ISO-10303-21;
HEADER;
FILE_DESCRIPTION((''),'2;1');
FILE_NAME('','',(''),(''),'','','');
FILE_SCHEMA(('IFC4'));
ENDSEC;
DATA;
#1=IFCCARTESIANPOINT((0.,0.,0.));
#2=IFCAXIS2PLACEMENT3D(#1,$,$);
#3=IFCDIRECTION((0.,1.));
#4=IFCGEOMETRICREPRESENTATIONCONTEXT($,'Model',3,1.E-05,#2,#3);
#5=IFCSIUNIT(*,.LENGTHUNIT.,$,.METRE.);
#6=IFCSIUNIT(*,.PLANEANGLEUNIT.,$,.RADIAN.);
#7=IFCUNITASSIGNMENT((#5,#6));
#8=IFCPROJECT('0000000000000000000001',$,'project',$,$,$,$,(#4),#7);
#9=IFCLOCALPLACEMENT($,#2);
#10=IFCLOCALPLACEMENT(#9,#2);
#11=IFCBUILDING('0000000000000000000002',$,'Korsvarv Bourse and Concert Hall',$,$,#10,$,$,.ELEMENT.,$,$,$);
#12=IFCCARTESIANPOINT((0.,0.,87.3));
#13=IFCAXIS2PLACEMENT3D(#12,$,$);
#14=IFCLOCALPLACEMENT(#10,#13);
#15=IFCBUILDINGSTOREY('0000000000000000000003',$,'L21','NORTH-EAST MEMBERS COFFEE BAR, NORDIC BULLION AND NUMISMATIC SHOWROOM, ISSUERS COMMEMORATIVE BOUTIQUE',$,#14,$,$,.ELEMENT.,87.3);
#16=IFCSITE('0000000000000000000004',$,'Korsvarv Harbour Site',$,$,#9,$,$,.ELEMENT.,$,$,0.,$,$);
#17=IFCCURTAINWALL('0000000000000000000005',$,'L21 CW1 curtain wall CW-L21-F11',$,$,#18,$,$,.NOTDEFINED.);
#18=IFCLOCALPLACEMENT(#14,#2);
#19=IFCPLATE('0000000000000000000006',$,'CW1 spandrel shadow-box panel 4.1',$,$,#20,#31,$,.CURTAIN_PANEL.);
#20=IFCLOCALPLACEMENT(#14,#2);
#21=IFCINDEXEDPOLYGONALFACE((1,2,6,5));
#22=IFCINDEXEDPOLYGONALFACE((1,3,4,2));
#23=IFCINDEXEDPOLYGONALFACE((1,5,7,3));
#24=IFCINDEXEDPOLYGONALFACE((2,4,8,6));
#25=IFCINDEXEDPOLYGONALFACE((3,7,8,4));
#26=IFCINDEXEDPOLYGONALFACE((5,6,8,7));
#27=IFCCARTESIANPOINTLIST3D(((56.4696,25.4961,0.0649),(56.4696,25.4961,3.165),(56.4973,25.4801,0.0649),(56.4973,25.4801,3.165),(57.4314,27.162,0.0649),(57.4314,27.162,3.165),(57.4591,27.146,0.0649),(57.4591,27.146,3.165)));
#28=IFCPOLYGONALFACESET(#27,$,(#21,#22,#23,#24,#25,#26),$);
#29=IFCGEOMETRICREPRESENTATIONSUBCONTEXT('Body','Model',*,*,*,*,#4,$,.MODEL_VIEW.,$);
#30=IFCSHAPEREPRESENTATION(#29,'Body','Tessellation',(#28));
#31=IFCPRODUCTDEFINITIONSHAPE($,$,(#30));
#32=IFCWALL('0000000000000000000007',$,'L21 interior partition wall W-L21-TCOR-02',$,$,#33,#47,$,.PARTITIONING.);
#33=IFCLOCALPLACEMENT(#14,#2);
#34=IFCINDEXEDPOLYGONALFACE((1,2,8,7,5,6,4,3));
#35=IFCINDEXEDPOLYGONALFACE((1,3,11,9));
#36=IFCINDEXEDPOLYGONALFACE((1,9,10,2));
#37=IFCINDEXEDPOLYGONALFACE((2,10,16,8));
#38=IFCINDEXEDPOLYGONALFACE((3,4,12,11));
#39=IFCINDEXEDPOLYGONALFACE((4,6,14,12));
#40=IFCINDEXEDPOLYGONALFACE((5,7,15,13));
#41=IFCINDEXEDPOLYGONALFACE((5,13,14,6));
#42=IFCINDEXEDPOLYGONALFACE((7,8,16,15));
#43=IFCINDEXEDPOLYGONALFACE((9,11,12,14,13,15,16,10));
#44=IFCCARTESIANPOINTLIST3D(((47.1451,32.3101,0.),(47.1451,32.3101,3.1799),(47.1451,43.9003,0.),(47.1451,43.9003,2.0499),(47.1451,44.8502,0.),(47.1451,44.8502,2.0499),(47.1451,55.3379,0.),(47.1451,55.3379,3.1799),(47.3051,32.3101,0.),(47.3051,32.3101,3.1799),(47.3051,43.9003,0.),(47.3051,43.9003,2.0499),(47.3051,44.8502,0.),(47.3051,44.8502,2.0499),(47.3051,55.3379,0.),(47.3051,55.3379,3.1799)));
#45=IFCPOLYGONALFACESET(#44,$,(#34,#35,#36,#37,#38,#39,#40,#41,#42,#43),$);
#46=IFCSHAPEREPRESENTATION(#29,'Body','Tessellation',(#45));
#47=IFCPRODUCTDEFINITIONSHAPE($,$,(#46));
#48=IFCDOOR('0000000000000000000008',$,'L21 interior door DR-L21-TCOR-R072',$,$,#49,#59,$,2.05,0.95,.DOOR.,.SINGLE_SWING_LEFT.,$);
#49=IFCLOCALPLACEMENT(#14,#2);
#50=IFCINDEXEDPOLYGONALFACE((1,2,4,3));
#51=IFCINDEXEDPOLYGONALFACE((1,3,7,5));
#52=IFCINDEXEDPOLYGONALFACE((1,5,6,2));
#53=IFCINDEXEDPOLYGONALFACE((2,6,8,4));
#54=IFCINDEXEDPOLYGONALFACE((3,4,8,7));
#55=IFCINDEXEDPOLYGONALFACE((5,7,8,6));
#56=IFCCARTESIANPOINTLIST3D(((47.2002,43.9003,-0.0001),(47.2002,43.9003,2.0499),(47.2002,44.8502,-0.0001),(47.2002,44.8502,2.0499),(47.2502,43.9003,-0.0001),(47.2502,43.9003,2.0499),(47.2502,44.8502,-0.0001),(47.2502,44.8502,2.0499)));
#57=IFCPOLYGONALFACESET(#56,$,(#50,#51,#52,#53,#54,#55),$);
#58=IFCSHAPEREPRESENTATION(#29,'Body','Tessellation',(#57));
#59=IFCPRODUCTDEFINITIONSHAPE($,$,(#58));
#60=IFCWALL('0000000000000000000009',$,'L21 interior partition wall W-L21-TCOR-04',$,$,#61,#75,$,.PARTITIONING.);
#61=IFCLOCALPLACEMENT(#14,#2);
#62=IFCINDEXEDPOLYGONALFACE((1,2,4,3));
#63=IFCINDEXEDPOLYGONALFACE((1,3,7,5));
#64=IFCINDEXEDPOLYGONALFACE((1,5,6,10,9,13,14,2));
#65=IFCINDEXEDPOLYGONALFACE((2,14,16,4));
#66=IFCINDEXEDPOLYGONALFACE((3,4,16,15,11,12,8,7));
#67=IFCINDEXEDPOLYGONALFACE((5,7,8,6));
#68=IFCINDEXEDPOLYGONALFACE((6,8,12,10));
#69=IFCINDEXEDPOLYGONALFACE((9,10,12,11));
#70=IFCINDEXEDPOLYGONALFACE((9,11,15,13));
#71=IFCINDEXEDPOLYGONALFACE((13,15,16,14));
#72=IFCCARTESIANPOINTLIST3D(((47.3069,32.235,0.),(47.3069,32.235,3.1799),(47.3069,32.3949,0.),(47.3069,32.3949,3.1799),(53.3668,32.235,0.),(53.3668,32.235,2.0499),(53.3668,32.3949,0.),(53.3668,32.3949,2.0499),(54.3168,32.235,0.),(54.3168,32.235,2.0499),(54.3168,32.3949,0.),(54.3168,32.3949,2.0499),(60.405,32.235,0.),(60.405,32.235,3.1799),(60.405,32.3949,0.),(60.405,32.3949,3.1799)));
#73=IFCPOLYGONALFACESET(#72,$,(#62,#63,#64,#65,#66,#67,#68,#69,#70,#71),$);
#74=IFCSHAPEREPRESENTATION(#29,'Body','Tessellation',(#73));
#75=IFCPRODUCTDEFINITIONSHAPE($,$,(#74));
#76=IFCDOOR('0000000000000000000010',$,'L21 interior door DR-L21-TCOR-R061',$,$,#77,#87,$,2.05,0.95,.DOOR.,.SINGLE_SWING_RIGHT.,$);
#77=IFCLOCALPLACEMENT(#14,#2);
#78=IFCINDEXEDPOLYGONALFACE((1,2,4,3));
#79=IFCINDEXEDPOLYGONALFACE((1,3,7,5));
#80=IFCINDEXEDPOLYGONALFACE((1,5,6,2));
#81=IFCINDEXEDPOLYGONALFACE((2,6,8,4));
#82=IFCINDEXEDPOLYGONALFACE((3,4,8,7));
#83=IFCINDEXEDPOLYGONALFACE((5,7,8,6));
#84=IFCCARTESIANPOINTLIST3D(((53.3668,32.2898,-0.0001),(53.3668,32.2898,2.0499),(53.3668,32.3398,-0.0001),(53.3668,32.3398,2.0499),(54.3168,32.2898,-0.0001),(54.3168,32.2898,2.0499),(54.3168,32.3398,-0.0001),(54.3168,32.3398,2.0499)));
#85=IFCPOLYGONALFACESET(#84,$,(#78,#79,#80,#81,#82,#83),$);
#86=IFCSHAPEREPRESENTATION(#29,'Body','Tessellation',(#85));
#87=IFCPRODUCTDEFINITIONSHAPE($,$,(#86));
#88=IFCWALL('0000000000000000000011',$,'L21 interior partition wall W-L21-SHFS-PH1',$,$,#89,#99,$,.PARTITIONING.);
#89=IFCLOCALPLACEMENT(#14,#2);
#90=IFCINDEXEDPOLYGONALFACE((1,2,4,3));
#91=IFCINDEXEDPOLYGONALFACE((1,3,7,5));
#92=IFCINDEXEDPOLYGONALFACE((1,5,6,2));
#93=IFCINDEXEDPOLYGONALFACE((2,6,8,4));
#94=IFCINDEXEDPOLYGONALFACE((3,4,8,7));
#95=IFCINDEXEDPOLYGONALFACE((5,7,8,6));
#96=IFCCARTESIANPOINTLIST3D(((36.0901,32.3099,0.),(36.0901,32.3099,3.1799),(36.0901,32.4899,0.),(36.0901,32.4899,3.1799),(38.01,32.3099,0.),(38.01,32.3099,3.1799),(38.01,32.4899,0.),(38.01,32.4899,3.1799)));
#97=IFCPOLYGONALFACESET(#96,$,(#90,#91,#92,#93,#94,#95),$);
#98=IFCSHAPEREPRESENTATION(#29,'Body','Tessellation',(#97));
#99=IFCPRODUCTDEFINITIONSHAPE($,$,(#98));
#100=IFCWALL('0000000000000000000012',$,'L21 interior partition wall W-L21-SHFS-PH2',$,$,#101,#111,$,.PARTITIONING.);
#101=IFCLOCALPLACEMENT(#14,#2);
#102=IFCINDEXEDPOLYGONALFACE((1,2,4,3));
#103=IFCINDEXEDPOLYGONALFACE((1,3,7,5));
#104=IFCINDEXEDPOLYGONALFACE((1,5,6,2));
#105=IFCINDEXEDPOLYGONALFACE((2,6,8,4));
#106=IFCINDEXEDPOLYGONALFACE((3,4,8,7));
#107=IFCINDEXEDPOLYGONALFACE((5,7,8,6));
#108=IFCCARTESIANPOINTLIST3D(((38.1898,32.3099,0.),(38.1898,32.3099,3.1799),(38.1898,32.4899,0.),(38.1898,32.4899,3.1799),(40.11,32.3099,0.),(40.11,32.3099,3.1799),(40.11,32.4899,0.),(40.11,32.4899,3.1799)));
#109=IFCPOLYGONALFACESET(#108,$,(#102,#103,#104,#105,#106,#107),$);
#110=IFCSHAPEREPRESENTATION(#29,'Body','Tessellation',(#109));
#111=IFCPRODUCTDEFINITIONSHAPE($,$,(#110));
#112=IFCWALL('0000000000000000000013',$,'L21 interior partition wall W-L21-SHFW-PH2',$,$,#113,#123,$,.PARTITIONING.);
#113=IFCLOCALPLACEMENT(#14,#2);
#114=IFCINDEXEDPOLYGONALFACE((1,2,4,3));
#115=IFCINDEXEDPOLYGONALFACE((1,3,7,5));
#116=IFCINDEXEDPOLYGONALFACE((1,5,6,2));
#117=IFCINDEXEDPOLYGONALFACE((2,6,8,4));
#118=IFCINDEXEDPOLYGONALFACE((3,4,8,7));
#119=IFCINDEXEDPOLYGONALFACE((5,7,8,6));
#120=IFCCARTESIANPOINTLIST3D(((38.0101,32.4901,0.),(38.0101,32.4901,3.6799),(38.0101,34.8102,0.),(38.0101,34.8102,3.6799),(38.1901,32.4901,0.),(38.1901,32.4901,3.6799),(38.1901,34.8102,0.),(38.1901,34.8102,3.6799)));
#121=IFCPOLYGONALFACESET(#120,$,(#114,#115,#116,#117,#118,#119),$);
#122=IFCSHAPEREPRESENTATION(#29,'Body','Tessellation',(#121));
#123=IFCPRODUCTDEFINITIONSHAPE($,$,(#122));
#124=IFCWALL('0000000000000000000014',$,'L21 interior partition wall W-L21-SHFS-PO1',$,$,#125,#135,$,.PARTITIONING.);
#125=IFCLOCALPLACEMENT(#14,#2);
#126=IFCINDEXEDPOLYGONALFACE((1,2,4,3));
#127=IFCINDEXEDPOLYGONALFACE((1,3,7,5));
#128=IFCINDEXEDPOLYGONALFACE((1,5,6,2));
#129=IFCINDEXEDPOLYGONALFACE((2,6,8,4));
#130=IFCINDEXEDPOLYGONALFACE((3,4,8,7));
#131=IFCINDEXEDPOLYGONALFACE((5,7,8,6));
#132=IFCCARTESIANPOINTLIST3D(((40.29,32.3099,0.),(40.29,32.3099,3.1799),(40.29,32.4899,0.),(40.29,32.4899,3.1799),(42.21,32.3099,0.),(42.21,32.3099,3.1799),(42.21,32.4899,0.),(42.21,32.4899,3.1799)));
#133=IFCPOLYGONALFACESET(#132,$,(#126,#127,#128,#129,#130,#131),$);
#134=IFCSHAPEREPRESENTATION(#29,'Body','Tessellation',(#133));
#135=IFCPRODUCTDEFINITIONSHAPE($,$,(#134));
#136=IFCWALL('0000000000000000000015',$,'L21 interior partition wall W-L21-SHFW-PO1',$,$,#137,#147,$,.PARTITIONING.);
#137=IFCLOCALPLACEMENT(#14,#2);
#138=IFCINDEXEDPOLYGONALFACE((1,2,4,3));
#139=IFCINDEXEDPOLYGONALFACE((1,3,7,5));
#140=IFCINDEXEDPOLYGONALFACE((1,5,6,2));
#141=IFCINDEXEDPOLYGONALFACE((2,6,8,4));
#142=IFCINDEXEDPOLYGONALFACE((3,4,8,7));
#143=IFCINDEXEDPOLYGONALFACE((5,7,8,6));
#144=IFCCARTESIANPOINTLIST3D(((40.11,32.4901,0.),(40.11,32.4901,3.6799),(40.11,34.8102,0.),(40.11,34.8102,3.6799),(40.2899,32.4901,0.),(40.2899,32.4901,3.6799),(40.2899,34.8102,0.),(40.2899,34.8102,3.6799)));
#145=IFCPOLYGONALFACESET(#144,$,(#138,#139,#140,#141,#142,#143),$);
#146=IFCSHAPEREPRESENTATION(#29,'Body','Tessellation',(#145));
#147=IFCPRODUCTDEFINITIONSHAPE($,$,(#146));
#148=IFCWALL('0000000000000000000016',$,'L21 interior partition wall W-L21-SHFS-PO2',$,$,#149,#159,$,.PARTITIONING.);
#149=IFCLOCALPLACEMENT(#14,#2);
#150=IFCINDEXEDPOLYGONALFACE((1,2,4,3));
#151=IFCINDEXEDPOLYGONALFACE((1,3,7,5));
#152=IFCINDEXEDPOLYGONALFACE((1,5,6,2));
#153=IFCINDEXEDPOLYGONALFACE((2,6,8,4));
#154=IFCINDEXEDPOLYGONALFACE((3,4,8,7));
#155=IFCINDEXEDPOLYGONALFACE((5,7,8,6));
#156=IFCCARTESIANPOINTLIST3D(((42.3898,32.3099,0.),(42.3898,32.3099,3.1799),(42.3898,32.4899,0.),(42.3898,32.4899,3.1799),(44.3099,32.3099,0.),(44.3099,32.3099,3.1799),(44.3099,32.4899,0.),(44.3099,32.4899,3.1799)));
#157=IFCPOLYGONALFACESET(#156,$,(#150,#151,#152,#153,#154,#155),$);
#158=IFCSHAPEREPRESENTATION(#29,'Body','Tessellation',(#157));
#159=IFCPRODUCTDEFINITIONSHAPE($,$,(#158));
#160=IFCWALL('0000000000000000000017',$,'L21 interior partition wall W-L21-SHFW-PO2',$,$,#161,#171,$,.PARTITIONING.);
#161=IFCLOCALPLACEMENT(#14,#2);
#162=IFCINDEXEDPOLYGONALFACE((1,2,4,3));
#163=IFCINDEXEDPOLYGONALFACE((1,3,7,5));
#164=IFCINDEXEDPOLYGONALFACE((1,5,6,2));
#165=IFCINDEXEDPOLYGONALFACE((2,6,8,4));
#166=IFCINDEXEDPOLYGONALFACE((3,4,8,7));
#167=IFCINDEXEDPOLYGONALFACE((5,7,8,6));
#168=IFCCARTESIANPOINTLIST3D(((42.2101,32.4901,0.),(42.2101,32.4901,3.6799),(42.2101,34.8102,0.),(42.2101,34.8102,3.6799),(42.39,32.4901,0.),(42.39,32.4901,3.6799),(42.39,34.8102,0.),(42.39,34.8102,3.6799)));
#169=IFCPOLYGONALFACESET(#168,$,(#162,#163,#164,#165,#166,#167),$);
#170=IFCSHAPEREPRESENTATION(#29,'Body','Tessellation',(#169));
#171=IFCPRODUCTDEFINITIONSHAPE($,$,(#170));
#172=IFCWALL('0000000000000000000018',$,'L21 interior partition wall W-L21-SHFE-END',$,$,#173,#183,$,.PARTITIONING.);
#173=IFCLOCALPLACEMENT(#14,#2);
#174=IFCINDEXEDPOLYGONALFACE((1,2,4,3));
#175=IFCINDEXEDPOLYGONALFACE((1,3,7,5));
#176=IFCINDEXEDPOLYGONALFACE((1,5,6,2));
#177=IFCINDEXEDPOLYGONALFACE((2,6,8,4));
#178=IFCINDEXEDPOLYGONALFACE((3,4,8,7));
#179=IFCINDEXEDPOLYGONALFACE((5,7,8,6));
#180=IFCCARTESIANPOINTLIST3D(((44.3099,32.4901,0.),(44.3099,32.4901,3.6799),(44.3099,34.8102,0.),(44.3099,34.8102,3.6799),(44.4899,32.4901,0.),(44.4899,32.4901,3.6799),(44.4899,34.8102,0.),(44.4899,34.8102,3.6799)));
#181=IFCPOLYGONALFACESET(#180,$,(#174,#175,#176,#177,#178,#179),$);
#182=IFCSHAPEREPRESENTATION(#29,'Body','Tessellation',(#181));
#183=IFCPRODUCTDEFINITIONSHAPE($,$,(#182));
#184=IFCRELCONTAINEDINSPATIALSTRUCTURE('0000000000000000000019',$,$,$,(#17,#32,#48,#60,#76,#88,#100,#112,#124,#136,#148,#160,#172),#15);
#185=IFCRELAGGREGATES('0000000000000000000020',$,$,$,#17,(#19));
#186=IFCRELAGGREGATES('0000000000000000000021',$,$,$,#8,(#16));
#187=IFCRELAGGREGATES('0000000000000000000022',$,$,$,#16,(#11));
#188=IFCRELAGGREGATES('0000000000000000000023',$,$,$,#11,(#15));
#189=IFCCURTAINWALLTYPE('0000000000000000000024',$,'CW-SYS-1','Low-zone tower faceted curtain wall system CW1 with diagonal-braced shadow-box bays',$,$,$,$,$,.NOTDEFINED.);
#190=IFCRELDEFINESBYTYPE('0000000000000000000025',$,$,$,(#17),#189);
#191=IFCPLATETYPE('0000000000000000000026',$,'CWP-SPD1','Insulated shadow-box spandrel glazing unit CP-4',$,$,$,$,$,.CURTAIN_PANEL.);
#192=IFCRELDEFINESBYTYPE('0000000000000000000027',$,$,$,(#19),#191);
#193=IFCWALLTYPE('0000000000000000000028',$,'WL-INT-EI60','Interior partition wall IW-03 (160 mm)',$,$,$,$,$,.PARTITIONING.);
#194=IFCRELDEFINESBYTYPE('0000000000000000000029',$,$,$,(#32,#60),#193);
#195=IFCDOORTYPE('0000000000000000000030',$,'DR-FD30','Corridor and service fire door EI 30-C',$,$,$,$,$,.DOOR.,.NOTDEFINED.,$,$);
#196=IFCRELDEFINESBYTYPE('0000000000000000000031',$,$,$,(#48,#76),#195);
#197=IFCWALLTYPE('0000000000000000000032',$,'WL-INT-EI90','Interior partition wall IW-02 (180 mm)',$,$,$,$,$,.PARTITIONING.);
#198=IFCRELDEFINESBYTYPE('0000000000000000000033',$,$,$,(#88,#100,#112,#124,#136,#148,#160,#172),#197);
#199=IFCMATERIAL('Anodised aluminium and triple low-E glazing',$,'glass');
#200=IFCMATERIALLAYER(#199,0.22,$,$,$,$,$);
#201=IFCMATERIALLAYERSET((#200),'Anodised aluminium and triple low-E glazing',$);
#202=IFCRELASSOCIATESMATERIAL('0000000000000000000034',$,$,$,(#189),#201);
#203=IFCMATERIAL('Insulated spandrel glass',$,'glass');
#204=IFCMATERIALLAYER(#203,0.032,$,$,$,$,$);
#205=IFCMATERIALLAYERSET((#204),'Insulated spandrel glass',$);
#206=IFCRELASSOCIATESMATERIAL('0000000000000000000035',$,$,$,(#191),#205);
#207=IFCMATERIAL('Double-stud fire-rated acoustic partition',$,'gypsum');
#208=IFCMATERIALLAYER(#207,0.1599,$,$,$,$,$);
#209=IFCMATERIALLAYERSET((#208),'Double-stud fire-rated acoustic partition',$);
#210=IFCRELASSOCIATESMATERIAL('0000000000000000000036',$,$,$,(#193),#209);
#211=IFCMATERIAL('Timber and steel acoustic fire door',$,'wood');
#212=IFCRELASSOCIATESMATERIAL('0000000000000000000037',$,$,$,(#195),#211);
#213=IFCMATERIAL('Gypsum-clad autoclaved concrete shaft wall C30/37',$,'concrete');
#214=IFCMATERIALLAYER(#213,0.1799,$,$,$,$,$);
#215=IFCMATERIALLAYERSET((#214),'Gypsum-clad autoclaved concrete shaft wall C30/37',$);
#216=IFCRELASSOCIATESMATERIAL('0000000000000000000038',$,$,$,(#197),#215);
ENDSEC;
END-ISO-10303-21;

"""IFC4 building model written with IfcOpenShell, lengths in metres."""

from ifc_helpers import new_model, si_unit, direction, frame, frame_2d, origin, origin_2d, place, context, subcontext, project, spatial, rectangle, extrude, source, transform, mapped, material, layer, layer_set, type_object, element, fill, aggregate, save


model = new_model("IFC4")

# Units and contexts
model_context = context("Model", 3, precision=1e-05, world=origin(), true_north=direction((0.0, 1.0)))
body_context = subcontext(model_context, "Body", "Model", "MODEL_VIEW")
ifc_project = project(units=[si_unit("LENGTHUNIT", "METRE"), si_unit("PLANEANGLEUNIT", "RADIAN")], contexts=[model_context])

# Site, building, storey
site_placement = place(None, origin())
site = spatial("IfcSite", under=ifc_project, at=site_placement, Name="Korsvarv Harbour Site", CompositionType="ELEMENT", RefElevation=0.0)
building_placement = place(site_placement, origin())
building = spatial("IfcBuilding", under=site, at=building_placement, Name="Korsvarv Bourse and Concert Hall", CompositionType="ELEMENT")
storey_placement = place(building_placement, frame((0.0, 0.0, 87.3)))
storey = spatial("IfcBuildingStorey", under=building, at=storey_placement, Name="L21", Description="NORTH-EAST MEMBERS COFFEE BAR, NORDIC BULLION AND NUMISMATIC SHOWROOM, ISSUERS COMMEMORATIVE BOUTIQUE", CompositionType="ELEMENT", Elevation=87.3)

# Curtain wall, plate
ifc_material_1 = material(Name="Anodised aluminium and triple low-E glazing", Category="glass")
ifc_layer_1 = layer(ifc_material_1, 0.22)
ifc_layer_set_1 = layer_set([ifc_layer_1], Name="Anodised aluminium and triple low-E glazing")
curtain_wall_type = type_object("IfcCurtainWallType", Name="CW-SYS-1", Description="Low-zone tower faceted curtain wall system CW1 with diagonal-braced shadow-box bays", PredefinedType="NOTDEFINED", material=ifc_layer_set_1)
curtain_wall_placement = place(storey_placement, origin())
curtain_wall = element("IfcCurtainWall", 1, at=curtain_wall_placement, inside=storey, type_object=curtain_wall_type, Name="L21 CW1 curtain wall CW-L21-F11", PredefinedType="NOTDEFINED")
ifc_material_2 = material(Name="Insulated spandrel glass", Category="glass")
ifc_layer_2 = layer(ifc_material_2, 0.032)
ifc_layer_set_2 = layer_set([ifc_layer_2], Name="Insulated spandrel glass")
plate_type_1 = type_object("IfcPlateType", Name="CWP-SPD1", Description="Insulated shadow-box spandrel glazing unit CP-4", PredefinedType="CURTAIN_PANEL", material=ifc_layer_set_2)
shared_shape_1 = source(origin(), body_context, "Body", "SweptSolid", [
    extrude(rectangle(XDim=1.9236, YDim=0.032, at=origin_2d()), origin(), (0.0, 0.0, 1.0), 3.1001),
])
plate_1_placement = place(storey_placement, frame((56.9644, 26.321, 0.0649), z_axis=(0.0, 0.0, 1.0), x_axis=(0.499999, 0.866026, 0.0)))
plate_1 = element("IfcPlate", 2, at=plate_1_placement, type_object=plate_type_1, Name="CW1 spandrel shadow-box panel 4.1", PredefinedType="CURTAIN_PANEL", context=body_context, shape_type="MappedRepresentation", body=[
    mapped(shared_shape_1, transform((0.0, 0.0, 0.0), scale=1.0)),
])
aggregate(curtain_wall, [plate_1])

# Walls, openings, doors
ifc_material_3 = material(Name="Double-stud fire-rated acoustic partition", Category="gypsum")
ifc_layer_3 = layer(ifc_material_3, 0.1599)
ifc_layer_set_3 = layer_set([ifc_layer_3], Name="Double-stud fire-rated acoustic partition")
wall_type_1 = type_object("IfcWallType", Name="WL-INT-EI60", Description="Interior partition wall IW-03 (160 mm)", PredefinedType="PARTITIONING", material=ifc_layer_set_3)
wall_1_placement = place(storey_placement, frame((47.2251, 32.3101, 0.0), z_axis=(0.0, 0.0, 1.0), x_axis=(0.0, 1.0, 0.0)))
wall_1 = element("IfcWall", 3, at=wall_1_placement, inside=storey, type_object=wall_type_1, Name="L21 interior partition wall W-L21-TCOR-02", PredefinedType="PARTITIONING", context=body_context, shape_type="SweptSolid", body=[
    extrude(rectangle(XDim=23.0278, YDim=0.1599, at=frame_2d((11.5139, 0.0))), origin(), (0.0, 0.0, 1.0), 3.1799),
])
opening_1_placement = place(wall_1_placement, frame((11.5901, 0.0, 0.0)))
opening_1 = element("IfcOpeningElement", 4, at=opening_1_placement, cuts=wall_1, PredefinedType="OPENING", context=body_context, shape_type="SweptSolid", body=[
    extrude(rectangle(XDim=0.95, YDim=2.05, at=frame_2d((0.4751, 1.0249))), frame((0.0, 0.0898, 0.0), z_axis=(0.0, -1.0, 0.0), x_axis=(1.0, 0.0, 0.0)), (0.0, 0.0, 1.0), 0.1799),
])
ifc_material_4 = material(Name="Timber and steel acoustic fire door", Category="wood")
door_type = type_object("IfcDoorType", Name="DR-FD30", Description="Corridor and service fire door EI 30-C", OperationType="NOTDEFINED", PredefinedType="DOOR", material=ifc_material_4)
door_1_placement = place(opening_1_placement, origin())
door_1 = element("IfcDoor", 5, at=door_1_placement, inside=storey, type_object=door_type, Name="L21 interior door DR-L21-TCOR-R072", OperationType="SINGLE_SWING_LEFT", OverallHeight=2.05, OverallWidth=0.95, PredefinedType="DOOR", context=body_context, shape_type="SweptSolid", body=[
    extrude(rectangle(XDim=0.95, YDim=2.05, at=frame_2d((0.4751, 1.0249))), frame((0.0, 0.0249, 0.0), z_axis=(0.0, -1.0, 0.0), x_axis=(1.0, 0.0, 0.0)), (0.0, 0.0, 1.0), 0.05),
])
fill(opening_1, door_1)
wall_2_placement = place(storey_placement, frame((47.3069, 32.3149, 0.0), z_axis=(0.0, 0.0, 1.0), x_axis=(1.0, 0.0, 0.0)))
wall_2 = element("IfcWall", 6, at=wall_2_placement, inside=storey, type_object=wall_type_1, Name="L21 interior partition wall W-L21-TCOR-04", PredefinedType="PARTITIONING", context=body_context, shape_type="SweptSolid", body=[
    extrude(rectangle(XDim=13.0981, YDim=0.1599, at=frame_2d((6.5491, 0.0))), origin(), (0.0, 0.0, 1.0), 3.1799),
])
opening_2_placement = place(wall_2_placement, frame((6.0598, 0.0, 0.0)))
opening_2 = element("IfcOpeningElement", 7, at=opening_2_placement, cuts=wall_2, PredefinedType="OPENING", context=body_context, shape_type="SweptSolid", body=[
    extrude(rectangle(XDim=0.95, YDim=2.05, at=frame_2d((0.4751, 1.0249))), frame((0.0, 0.0898, 0.0), z_axis=(0.0, -1.0, 0.0), x_axis=(1.0, 0.0, 0.0)), (0.0, 0.0, 1.0), 0.1799),
])
door_2_placement = place(opening_2_placement, origin())
door_2 = element("IfcDoor", 8, at=door_2_placement, inside=storey, type_object=door_type, Name="L21 interior door DR-L21-TCOR-R061", OperationType="SINGLE_SWING_RIGHT", OverallHeight=2.05, OverallWidth=0.95, PredefinedType="DOOR", context=body_context, shape_type="SweptSolid", body=[
    extrude(rectangle(XDim=0.95, YDim=2.05, at=frame_2d((0.4751, 1.0249))), frame((0.0, 0.0249, 0.0), z_axis=(0.0, -1.0, 0.0), x_axis=(1.0, 0.0, 0.0)), (0.0, 0.0, 1.0), 0.05),
])
fill(opening_2, door_2)

# Walls
ifc_material_5 = material(Name="Gypsum-clad autoclaved concrete shaft wall C30/37", Category="concrete")
ifc_layer_4 = layer(ifc_material_5, 0.1799)
ifc_layer_set_4 = layer_set([ifc_layer_4], Name="Gypsum-clad autoclaved concrete shaft wall C30/37")
wall_type_2 = type_object("IfcWallType", Name="WL-INT-EI90", Description="Interior partition wall IW-02 (180 mm)", PredefinedType="PARTITIONING", material=ifc_layer_set_4)
wall_3_placement = place(storey_placement, frame((36.0901, 32.3999, 0.0), z_axis=(0.0, 0.0, 1.0), x_axis=(1.0, 0.0, 0.0)))
element("IfcWall", 9, at=wall_3_placement, inside=storey, type_object=wall_type_2, Name="L21 interior partition wall W-L21-SHFS-PH1", PredefinedType="PARTITIONING", context=body_context, shape_type="SweptSolid", body=[
    extrude(rectangle(XDim=1.9199, YDim=0.1799, at=frame_2d((0.96, 0.0))), origin(), (0.0, 0.0, 1.0), 3.1799),
])
wall_4_placement = place(storey_placement, frame((38.1899, 32.3999, 0.0), z_axis=(0.0, 0.0, 1.0), x_axis=(1.0, 0.0, 0.0)))
element("IfcWall", 10, at=wall_4_placement, inside=storey, type_object=wall_type_2, Name="L21 interior partition wall W-L21-SHFS-PH2", PredefinedType="PARTITIONING", context=body_context, shape_type="SweptSolid", body=[
    extrude(rectangle(XDim=1.9202, YDim=0.1799, at=frame_2d((0.96, 0.0))), origin(), (0.0, 0.0, 1.0), 3.1799),
])
wall_5_placement = place(storey_placement, frame((38.1001, 32.49, 0.0), z_axis=(0.0, 0.0, 1.0), x_axis=(0.0, 1.0, 0.0)))
element("IfcWall", 11, at=wall_5_placement, inside=storey, type_object=wall_type_2, Name="L21 interior partition wall W-L21-SHFW-PH2", PredefinedType="PARTITIONING", context=body_context, shape_type="SweptSolid", body=[
    extrude(rectangle(XDim=2.3201, YDim=0.1799, at=frame_2d((1.1602, 0.0))), origin(), (0.0, 0.0, 1.0), 3.6799),
])
wall_6_placement = place(storey_placement, frame((40.29, 32.3999, 0.0), z_axis=(0.0, 0.0, 1.0), x_axis=(1.0, 0.0, 0.0)))
element("IfcWall", 12, at=wall_6_placement, inside=storey, type_object=wall_type_2, Name="L21 interior partition wall W-L21-SHFS-PO1", PredefinedType="PARTITIONING", context=body_context, shape_type="SweptSolid", body=[
    extrude(rectangle(XDim=1.9199, YDim=0.1799, at=frame_2d((0.96, 0.0))), origin(), (0.0, 0.0, 1.0), 3.1799),
])
wall_7_placement = place(storey_placement, frame((40.2, 32.49, 0.0), z_axis=(0.0, 0.0, 1.0), x_axis=(0.0, 1.0, 0.0)))
element("IfcWall", 13, at=wall_7_placement, inside=storey, type_object=wall_type_2, Name="L21 interior partition wall W-L21-SHFW-PO1", PredefinedType="PARTITIONING", context=body_context, shape_type="SweptSolid", body=[
    extrude(rectangle(XDim=2.3201, YDim=0.1799, at=frame_2d((1.1602, 0.0))), origin(), (0.0, 0.0, 1.0), 3.6799),
])
wall_8_placement = place(storey_placement, frame((42.3899, 32.3999, 0.0), z_axis=(0.0, 0.0, 1.0), x_axis=(1.0, 0.0, 0.0)))
element("IfcWall", 14, at=wall_8_placement, inside=storey, type_object=wall_type_2, Name="L21 interior partition wall W-L21-SHFS-PO2", PredefinedType="PARTITIONING", context=body_context, shape_type="SweptSolid", body=[
    extrude(rectangle(XDim=1.9202, YDim=0.1799, at=frame_2d((0.96, 0.0))), origin(), (0.0, 0.0, 1.0), 3.1799),
])
for number, where, z_axis, x_axis, name in (
    (15, (42.3, 32.49, 0.0), (0.0, 0.0, 1.0), (0.0, 1.0, 0.0), "L21 interior partition wall W-L21-SHFW-PO2"),
    (16, (44.3999, 32.49, 0.0), (0.0, 0.0, 1.0), (0.0, 1.0, 0.0), "L21 interior partition wall W-L21-SHFE-END"),
):
    element("IfcWall", number, at=place(storey_placement, frame(where, z_axis=z_axis, x_axis=x_axis)), inside=storey, type_object=wall_type_2, Name=name, PredefinedType="PARTITIONING", context=body_context, shape_type="SweptSolid", body=[
        extrude(rectangle(XDim=2.3201, YDim=0.1799, at=frame_2d((1.1602, 0.0))), origin(), (0.0, 0.0, 1.0), 3.6799),
    ])

save(model, "model.ifc")
